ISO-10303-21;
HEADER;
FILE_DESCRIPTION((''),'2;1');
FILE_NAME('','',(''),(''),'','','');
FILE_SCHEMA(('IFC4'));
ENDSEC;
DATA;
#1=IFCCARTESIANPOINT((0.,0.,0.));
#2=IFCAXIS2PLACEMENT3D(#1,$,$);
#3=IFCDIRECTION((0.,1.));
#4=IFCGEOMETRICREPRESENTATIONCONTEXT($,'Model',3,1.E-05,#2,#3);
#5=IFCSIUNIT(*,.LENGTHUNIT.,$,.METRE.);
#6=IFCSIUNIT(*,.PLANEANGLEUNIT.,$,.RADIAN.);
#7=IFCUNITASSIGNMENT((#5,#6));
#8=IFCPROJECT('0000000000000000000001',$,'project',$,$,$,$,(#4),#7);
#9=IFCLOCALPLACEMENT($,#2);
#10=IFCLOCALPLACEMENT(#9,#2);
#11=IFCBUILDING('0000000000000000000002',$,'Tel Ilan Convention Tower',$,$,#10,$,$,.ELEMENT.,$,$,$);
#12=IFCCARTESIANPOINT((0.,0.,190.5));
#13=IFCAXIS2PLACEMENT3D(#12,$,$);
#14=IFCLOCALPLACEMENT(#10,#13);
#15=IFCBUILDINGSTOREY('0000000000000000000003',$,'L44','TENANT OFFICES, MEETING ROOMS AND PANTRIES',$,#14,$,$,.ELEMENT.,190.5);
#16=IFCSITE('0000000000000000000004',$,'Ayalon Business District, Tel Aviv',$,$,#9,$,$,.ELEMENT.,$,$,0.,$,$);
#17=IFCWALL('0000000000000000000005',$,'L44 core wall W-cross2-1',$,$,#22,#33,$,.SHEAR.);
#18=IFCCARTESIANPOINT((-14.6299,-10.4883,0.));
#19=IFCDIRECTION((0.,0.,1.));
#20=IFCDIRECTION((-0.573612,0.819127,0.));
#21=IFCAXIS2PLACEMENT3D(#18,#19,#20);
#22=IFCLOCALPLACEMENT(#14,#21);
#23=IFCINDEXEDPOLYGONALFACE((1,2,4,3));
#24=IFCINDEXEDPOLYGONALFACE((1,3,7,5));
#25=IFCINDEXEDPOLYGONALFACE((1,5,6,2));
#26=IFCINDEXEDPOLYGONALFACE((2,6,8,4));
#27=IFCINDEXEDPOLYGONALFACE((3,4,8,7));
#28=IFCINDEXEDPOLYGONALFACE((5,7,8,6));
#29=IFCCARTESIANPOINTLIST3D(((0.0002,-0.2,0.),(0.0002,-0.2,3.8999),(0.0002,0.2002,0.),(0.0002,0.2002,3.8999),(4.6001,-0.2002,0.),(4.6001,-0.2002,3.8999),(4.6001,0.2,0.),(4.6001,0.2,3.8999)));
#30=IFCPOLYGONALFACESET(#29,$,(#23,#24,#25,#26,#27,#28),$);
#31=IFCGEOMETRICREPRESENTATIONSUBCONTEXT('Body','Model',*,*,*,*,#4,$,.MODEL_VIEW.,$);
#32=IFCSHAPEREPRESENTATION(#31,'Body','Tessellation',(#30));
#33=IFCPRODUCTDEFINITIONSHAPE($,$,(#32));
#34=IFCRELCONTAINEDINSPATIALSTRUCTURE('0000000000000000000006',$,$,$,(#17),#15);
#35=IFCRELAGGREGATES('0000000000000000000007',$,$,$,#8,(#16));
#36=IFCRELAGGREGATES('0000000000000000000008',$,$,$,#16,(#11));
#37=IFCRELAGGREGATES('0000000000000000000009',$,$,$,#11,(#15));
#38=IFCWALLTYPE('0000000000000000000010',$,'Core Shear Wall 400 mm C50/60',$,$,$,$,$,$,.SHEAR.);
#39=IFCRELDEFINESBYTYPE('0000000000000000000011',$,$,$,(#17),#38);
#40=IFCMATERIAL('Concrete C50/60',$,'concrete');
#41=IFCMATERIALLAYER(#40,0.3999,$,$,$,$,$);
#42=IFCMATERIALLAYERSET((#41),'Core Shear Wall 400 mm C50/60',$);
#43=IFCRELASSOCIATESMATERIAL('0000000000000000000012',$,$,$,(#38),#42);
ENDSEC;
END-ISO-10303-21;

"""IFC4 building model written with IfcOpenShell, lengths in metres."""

from ifc_helpers import new_model, si_unit, direction, frame, origin, place, context, subcontext, project, spatial, polyline, outline, extrude, material, layer, layer_set, type_object, element, save


model = new_model("IFC4")

# Units and contexts
model_context = context("Model", 3, precision=1e-05, world=origin(), true_north=direction((0.0, 1.0)))
body_context = subcontext(model_context, "Body", "Model", "MODEL_VIEW")
ifc_project = project(units=[si_unit("LENGTHUNIT", "METRE"), si_unit("PLANEANGLEUNIT", "RADIAN")], contexts=[model_context])

# Site, building, storey
site_placement = place(None, origin())
site = spatial("IfcSite", under=ifc_project, at=site_placement, Name="Ayalon Business District, Tel Aviv", CompositionType="ELEMENT", RefElevation=0.0)
building_placement = place(site_placement, origin())
building = spatial("IfcBuilding", under=site, at=building_placement, Name="Tel Ilan Convention Tower", CompositionType="ELEMENT")
storey_placement = place(building_placement, frame((0.0, 0.0, 190.5)))
storey = spatial("IfcBuildingStorey", under=building, at=storey_placement, Name="L44", Description="TENANT OFFICES, MEETING ROOMS AND PANTRIES", CompositionType="ELEMENT", Elevation=190.5)

# Wall
ifc_material_1 = material(Name="Concrete C50/60", Category="concrete")
ifc_layer_1 = layer(ifc_material_1, 0.3999)
ifc_layer_set_1 = layer_set([ifc_layer_1], Name="Core Shear Wall 400 mm C50/60")
wall_type_1 = type_object("IfcWallType", Name="Core Shear Wall 400 mm C50/60", PredefinedType="SHEAR", material=ifc_layer_set_1)
wall_1_placement = place(storey_placement, frame((-14.6299, -10.4883, 0.0), z_axis=(0.0, 0.0, 1.0), x_axis=(-0.573612, 0.819127, 0.0)))
element("IfcWall", 1, at=wall_1_placement, inside=storey, type_object=wall_type_1, Name="L44 core wall W-cross2-1", PredefinedType="SHEAR", context=body_context, shape_type="SweptSolid", body=[
    extrude(outline(polyline([(4.6001, 0.2), (0.0002, 0.2002), (0.0002, -0.2), (4.6001, -0.2002), (4.6001, 0.2)])), origin(), (0.0, 0.0, 1.0), 3.8999),
])

save(model, "model.ifc")
